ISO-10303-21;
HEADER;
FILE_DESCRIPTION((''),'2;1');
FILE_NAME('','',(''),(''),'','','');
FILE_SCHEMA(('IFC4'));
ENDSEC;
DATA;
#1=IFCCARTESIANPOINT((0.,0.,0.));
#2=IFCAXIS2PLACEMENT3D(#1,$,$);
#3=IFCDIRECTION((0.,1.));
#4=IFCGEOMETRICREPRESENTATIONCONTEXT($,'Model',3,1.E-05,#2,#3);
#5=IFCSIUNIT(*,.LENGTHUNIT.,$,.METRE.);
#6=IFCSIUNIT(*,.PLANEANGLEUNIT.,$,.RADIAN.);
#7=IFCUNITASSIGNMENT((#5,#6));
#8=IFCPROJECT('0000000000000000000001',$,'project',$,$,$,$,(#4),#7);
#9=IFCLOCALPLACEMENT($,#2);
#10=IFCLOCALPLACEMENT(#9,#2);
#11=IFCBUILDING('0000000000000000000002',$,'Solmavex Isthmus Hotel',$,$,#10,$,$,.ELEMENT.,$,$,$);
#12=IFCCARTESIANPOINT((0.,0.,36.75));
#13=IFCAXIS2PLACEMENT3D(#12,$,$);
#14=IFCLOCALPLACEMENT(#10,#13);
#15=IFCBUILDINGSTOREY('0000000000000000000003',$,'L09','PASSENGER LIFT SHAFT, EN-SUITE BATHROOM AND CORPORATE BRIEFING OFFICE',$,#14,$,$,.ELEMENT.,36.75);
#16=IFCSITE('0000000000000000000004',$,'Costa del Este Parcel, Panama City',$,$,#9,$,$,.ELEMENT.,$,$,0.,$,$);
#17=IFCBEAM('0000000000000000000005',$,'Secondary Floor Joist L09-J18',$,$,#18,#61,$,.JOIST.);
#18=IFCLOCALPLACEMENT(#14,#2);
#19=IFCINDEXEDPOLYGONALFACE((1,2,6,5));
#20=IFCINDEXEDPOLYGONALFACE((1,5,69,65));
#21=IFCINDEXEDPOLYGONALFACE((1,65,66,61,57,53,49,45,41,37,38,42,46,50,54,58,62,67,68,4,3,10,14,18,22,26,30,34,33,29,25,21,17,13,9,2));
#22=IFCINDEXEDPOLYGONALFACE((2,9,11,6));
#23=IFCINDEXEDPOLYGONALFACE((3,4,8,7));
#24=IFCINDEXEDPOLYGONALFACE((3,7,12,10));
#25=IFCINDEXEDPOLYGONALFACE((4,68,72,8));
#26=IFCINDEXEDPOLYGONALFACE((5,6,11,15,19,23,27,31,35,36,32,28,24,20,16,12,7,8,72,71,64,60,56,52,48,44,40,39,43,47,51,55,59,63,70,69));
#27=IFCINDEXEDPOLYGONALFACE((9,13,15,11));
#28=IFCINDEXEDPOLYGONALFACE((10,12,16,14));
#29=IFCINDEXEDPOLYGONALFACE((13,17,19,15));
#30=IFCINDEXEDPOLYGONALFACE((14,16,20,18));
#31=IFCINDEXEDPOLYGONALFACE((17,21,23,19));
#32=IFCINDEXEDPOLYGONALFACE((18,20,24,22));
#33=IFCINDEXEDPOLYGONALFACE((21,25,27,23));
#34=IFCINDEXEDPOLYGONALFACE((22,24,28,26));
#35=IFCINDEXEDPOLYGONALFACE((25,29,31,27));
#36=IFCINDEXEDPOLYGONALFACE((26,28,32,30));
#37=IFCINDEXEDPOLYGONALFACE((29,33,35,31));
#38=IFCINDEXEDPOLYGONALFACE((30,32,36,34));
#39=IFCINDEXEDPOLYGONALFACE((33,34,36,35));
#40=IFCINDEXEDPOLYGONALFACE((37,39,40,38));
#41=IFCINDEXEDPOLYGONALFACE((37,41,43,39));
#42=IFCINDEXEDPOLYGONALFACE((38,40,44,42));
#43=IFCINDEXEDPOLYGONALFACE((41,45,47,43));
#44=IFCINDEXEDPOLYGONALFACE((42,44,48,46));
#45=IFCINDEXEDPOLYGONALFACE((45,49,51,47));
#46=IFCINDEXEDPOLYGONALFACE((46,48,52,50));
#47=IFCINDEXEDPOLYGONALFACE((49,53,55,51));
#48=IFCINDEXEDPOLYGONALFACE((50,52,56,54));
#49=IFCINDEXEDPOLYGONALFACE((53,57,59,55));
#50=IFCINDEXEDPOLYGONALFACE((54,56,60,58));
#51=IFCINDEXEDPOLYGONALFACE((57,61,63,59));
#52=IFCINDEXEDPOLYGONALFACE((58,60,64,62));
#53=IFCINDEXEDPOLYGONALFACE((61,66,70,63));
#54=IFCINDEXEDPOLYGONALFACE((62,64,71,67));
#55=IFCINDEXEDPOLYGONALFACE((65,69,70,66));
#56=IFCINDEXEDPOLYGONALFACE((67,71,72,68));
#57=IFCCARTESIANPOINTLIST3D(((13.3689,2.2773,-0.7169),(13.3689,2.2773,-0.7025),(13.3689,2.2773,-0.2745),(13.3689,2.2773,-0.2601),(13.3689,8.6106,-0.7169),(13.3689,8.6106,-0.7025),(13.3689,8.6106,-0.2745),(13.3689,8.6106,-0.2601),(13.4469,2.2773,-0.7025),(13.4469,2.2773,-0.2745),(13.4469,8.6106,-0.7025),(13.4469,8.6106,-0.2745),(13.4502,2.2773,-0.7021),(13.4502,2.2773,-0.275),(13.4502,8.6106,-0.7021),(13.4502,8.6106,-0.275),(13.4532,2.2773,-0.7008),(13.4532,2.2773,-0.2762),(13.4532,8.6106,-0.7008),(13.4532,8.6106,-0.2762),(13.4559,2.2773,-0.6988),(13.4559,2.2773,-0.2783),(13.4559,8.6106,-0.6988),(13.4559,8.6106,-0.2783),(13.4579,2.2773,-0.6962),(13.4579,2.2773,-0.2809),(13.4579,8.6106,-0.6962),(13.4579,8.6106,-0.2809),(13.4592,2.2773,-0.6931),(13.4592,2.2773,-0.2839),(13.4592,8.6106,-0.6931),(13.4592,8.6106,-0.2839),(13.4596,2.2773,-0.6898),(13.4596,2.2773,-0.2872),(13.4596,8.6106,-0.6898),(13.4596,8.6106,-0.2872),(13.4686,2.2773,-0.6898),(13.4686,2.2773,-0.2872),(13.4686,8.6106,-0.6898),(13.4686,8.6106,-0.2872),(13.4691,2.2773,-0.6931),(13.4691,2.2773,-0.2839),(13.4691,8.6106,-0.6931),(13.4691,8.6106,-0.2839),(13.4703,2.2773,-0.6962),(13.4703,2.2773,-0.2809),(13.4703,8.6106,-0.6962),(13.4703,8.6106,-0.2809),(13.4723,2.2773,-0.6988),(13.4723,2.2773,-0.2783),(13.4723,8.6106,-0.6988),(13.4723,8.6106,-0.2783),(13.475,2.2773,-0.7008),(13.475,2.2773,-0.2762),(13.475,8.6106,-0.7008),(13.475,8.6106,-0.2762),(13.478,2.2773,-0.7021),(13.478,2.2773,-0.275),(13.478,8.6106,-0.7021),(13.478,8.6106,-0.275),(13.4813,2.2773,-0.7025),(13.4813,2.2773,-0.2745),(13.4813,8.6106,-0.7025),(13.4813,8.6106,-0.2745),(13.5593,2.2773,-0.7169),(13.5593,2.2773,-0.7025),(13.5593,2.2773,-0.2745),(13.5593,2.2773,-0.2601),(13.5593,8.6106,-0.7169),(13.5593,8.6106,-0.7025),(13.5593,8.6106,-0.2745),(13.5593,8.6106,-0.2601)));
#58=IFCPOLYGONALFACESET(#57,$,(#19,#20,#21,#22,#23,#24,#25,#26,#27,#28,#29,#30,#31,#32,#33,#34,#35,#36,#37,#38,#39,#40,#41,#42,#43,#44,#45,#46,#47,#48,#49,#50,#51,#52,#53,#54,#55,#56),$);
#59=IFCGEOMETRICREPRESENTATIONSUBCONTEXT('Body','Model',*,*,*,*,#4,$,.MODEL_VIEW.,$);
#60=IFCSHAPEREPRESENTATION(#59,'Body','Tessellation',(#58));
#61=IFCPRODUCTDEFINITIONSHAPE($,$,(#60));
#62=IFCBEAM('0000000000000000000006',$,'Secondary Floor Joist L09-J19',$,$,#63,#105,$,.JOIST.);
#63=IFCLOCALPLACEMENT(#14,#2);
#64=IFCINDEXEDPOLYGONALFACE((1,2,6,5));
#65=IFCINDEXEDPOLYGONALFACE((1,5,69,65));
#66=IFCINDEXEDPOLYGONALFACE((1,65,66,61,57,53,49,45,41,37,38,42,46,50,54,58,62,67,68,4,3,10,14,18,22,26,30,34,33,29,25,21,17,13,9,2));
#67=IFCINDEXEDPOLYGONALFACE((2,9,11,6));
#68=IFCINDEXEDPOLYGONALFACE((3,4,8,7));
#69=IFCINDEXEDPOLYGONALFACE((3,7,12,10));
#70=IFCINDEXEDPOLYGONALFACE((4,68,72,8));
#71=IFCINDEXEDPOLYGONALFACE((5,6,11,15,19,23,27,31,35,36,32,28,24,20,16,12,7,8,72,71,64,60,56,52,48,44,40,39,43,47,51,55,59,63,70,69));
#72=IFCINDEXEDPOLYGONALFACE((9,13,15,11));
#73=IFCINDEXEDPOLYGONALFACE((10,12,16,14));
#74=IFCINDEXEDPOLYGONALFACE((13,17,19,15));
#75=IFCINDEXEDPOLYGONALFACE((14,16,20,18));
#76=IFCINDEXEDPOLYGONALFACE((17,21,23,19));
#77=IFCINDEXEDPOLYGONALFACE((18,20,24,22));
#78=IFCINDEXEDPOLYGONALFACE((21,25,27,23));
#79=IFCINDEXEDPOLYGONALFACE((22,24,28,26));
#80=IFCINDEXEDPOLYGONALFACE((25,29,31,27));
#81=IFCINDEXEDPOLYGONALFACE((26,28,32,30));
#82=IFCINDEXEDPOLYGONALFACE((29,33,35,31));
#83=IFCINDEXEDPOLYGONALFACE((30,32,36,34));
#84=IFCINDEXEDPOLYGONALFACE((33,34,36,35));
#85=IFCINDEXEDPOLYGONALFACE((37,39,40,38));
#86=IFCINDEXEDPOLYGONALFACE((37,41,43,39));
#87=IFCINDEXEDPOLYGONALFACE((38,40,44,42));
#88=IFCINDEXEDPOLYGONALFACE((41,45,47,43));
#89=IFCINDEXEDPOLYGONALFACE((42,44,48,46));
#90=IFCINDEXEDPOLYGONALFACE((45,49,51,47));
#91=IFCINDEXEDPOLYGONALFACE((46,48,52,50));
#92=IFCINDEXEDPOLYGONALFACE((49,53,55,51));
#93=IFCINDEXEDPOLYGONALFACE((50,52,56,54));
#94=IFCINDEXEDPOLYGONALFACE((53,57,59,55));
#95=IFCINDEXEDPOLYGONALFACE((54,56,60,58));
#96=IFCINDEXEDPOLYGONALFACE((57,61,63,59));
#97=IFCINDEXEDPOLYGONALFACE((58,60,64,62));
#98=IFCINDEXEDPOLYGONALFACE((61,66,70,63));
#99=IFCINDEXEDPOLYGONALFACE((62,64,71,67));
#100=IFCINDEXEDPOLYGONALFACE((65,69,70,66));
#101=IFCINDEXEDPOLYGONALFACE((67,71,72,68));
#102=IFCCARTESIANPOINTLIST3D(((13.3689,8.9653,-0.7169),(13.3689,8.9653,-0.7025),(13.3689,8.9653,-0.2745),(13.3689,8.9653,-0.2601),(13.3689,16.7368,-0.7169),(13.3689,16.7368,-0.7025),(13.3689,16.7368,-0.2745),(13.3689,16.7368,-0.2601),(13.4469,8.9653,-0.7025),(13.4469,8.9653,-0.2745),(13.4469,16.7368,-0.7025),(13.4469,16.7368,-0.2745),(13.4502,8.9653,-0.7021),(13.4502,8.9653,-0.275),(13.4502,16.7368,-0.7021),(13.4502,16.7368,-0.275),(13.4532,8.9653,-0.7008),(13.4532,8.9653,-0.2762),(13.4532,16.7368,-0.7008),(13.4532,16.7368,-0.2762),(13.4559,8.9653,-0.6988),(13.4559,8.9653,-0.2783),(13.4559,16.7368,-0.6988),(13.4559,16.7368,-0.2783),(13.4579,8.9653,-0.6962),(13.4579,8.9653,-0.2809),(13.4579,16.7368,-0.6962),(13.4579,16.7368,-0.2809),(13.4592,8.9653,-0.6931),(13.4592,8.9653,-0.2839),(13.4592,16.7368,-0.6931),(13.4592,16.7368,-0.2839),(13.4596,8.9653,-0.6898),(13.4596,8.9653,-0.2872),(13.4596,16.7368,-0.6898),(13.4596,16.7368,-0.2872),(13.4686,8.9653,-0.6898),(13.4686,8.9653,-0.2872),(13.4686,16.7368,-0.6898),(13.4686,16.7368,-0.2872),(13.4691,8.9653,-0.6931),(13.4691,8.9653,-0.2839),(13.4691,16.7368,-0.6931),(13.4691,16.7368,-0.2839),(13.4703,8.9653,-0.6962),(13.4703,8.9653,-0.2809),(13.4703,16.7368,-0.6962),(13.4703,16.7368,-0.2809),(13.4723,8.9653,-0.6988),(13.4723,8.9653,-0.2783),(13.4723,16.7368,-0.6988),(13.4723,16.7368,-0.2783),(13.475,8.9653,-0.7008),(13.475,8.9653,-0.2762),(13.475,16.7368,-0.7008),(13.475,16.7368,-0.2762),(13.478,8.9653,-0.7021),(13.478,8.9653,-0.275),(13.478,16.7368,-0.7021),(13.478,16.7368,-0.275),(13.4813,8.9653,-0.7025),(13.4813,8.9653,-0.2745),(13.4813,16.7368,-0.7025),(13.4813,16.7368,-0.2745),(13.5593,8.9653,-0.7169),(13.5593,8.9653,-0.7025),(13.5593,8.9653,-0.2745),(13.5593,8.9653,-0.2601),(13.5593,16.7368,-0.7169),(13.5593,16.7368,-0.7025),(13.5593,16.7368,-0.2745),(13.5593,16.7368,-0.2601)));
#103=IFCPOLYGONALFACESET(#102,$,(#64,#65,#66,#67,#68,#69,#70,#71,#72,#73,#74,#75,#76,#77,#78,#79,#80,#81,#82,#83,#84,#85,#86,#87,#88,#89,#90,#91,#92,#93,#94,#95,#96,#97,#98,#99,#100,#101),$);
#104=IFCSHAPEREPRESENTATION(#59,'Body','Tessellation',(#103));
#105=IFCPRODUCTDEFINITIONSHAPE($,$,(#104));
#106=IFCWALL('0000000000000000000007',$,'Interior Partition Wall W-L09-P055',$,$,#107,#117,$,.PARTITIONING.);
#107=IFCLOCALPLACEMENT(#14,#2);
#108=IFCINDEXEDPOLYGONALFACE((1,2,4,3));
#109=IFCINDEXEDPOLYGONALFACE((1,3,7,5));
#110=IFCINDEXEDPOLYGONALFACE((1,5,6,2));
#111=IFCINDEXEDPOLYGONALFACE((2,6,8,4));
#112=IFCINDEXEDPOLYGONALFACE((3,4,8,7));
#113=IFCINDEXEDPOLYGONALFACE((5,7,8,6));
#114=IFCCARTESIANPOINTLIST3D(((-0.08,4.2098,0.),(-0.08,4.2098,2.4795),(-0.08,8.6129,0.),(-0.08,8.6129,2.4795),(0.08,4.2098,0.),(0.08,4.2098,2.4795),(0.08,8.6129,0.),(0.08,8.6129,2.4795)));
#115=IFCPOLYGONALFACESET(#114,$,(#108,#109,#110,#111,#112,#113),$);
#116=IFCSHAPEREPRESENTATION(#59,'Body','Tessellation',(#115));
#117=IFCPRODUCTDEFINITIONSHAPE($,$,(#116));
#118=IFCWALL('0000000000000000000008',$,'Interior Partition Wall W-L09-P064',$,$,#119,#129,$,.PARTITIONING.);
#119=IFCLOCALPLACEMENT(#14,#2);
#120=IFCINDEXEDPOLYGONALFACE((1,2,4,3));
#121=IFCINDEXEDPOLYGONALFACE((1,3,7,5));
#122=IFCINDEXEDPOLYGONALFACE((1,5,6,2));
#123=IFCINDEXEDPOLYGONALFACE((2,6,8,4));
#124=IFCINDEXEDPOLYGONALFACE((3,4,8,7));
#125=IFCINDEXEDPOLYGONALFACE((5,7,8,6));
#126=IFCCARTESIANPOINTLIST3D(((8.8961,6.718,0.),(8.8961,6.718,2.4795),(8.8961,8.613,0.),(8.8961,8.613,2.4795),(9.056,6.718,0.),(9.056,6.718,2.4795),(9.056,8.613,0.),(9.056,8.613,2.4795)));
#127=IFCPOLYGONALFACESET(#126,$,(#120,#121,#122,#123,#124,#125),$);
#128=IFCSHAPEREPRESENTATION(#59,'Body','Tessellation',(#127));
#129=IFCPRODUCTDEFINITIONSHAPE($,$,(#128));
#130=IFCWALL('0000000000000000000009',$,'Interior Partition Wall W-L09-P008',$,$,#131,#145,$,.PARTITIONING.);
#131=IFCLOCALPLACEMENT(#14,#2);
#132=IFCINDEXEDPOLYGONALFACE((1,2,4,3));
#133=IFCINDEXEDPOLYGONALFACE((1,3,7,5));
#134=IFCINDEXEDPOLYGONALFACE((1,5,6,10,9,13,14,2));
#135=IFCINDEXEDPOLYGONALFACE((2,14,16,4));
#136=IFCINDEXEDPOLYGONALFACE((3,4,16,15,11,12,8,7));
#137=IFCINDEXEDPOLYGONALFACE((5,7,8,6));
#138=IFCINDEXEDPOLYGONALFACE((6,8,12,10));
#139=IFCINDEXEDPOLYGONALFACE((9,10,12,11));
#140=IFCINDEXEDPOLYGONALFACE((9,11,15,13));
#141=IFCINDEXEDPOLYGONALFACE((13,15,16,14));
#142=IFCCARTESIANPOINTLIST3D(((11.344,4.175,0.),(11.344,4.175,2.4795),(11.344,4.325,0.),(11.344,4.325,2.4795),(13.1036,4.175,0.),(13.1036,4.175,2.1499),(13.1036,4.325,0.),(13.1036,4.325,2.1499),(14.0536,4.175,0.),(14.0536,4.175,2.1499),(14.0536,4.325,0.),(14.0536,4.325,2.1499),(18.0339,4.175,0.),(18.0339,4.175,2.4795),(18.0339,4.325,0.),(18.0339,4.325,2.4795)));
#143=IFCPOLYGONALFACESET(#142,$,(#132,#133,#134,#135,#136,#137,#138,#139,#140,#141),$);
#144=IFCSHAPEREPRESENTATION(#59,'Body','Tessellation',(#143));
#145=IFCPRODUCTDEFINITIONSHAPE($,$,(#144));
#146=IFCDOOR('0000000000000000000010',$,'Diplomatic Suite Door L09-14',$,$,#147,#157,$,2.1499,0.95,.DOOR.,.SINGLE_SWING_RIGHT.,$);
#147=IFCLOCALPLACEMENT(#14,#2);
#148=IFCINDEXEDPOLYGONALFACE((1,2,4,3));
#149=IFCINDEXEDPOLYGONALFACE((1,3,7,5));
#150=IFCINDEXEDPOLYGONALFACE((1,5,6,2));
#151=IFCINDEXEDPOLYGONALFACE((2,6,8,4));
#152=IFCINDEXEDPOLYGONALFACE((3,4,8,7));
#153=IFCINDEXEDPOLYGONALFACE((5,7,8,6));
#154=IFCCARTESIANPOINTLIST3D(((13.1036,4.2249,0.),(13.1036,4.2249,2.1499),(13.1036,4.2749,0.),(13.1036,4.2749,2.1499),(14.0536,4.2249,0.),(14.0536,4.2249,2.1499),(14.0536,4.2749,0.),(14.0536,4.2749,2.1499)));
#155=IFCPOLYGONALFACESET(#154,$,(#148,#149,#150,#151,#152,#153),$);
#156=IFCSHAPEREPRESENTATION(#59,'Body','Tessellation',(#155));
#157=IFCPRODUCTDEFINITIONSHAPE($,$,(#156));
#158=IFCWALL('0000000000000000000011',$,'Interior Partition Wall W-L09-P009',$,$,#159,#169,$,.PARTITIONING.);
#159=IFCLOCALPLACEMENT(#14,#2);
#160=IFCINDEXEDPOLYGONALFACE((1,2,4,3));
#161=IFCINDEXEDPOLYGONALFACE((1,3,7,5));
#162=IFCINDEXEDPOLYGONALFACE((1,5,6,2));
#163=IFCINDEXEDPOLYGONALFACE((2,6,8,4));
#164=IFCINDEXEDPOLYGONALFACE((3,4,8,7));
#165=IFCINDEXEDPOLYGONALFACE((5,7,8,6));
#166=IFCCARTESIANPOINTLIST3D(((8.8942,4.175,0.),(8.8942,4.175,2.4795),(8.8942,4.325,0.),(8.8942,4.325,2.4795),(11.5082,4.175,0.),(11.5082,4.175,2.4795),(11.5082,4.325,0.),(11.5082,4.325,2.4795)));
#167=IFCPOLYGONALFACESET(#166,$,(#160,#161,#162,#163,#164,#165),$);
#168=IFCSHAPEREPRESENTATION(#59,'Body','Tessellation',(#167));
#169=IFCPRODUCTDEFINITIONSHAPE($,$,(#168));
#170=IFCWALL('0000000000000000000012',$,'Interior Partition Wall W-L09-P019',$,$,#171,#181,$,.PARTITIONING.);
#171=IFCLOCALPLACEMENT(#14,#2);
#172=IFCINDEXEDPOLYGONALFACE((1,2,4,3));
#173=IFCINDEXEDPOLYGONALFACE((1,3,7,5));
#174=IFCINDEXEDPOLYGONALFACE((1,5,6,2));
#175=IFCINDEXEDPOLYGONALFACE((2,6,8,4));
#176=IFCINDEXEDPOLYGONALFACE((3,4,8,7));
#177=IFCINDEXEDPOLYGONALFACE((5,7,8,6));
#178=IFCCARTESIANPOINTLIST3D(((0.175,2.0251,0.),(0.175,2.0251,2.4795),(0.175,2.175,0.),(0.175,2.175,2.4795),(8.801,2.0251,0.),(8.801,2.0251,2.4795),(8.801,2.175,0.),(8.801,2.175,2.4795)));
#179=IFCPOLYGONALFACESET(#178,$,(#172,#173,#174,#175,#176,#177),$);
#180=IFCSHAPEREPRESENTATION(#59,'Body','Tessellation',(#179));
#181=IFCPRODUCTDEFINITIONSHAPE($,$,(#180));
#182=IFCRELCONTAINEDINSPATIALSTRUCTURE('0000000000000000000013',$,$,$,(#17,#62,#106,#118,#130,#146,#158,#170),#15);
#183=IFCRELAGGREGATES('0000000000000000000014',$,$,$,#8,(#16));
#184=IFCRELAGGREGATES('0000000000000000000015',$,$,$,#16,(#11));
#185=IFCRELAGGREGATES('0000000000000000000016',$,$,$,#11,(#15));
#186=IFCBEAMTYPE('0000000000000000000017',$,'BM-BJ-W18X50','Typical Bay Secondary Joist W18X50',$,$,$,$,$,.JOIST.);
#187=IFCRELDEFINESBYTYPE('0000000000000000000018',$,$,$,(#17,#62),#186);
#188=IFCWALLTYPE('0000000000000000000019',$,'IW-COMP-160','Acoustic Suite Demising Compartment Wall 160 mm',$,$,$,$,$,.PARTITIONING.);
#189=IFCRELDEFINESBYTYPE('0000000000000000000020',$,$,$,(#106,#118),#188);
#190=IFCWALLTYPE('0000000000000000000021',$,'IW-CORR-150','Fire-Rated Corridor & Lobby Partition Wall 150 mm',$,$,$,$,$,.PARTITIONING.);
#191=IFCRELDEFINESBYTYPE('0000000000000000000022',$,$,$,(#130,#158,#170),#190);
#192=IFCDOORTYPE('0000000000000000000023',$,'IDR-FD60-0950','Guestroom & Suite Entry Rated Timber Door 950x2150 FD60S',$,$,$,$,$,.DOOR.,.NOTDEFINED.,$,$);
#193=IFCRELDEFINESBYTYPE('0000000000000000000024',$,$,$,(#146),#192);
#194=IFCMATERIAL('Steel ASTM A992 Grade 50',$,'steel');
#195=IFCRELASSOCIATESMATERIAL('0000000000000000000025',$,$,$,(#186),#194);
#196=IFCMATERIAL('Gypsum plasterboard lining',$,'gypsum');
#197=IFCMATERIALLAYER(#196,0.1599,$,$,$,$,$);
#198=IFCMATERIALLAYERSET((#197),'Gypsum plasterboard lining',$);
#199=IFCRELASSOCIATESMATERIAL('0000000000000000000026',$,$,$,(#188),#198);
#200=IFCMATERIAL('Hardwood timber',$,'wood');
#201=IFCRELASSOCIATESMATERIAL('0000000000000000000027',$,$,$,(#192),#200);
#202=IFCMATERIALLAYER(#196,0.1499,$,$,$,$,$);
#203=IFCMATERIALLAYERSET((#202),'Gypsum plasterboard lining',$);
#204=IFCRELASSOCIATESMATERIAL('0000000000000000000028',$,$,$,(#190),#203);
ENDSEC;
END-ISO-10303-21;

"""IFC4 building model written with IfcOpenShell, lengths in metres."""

from ifc_helpers import new_model, si_unit, direction, frame, frame_2d, origin, origin_2d, place, context, subcontext, project, spatial, rectangle, i_section, extrude, material, layer, layer_set, material_profile, profile_set, type_object, element, fill, save


model = new_model("IFC4")

# Units and contexts
model_context = context("Model", 3, precision=1e-05, world=origin(), true_north=direction((0.0, 1.0)))
body_context = subcontext(model_context, "Body", "Model", "MODEL_VIEW")
ifc_project = project(units=[si_unit("LENGTHUNIT", "METRE"), si_unit("PLANEANGLEUNIT", "RADIAN")], contexts=[model_context])

# Site, building, storey
site_placement = place(None, origin())
site = spatial("IfcSite", under=ifc_project, at=site_placement, Name="Costa del Este Parcel, Panama City", CompositionType="ELEMENT", RefElevation=0.0)
building_placement = place(site_placement, origin())
building = spatial("IfcBuilding", under=site, at=building_placement, Name="Solmavex Isthmus Hotel", CompositionType="ELEMENT")
storey_placement = place(building_placement, frame((0.0, 0.0, 36.75)))
storey = spatial("IfcBuildingStorey", under=building, at=storey_placement, Name="L09", Description="PASSENGER LIFT SHAFT, EN-SUITE BATHROOM AND CORPORATE BRIEFING OFFICE", CompositionType="ELEMENT", Elevation=36.75)

# Beams
ifc_material_1 = material(Name="Steel ASTM A992 Grade 50", Category="steel")
ifc_material_profile_1 = material_profile(ifc_material_1, i_section(OverallWidth=0.1904, OverallDepth=0.4568, WebThickness=0.009, FlangeThickness=0.0144, FilletRadius=0.0127, at=origin_2d()), Name="W18X50")
ifc_profile_set_1 = profile_set([ifc_material_profile_1], Name="Steel ASTM A992 Grade 50")
beam_type_1 = type_object("IfcBeamType", Name="BM-BJ-W18X50", Description="Typical Bay Secondary Joist W18X50", PredefinedType="JOIST", material=ifc_profile_set_1)
beam_1_placement = place(storey_placement, frame((13.4641, 2.2773, -0.4885), z_axis=(0.0, 1.0, 0.0), x_axis=(-1.0, 0.0, 0.0)))
element("IfcBeam", 1, at=beam_1_placement, inside=storey, type_object=beam_type_1, Name="Secondary Floor Joist L09-J18", PredefinedType="JOIST", context=body_context, shape_type="SweptSolid", body=[
    extrude(i_section(OverallWidth=0.1904, OverallDepth=0.4568, WebThickness=0.009, FlangeThickness=0.0144, FilletRadius=0.0127, at=origin_2d()), origin(), (0.0, 0.0, 1.0), 6.3333),
])
beam_2_placement = place(storey_placement, frame((13.4641, 8.9653, -0.4885), z_axis=(0.0, 1.0, 0.0), x_axis=(-1.0, 0.0, 0.0)))
element("IfcBeam", 2, at=beam_2_placement, inside=storey, type_object=beam_type_1, Name="Secondary Floor Joist L09-J19", PredefinedType="JOIST", context=body_context, shape_type="SweptSolid", body=[
    extrude(i_section(OverallWidth=0.1904, OverallDepth=0.4568, WebThickness=0.009, FlangeThickness=0.0144, FilletRadius=0.0127, at=origin_2d()), origin(), (0.0, 0.0, 1.0), 7.7715),
])

# Wall
ifc_material_2 = material(Name="Gypsum plasterboard lining", Category="gypsum")
ifc_layer_1 = layer(ifc_material_2, 0.1599)
ifc_layer_set_1 = layer_set([ifc_layer_1], Name="Gypsum plasterboard lining")
wall_type_1 = type_object("IfcWallType", Name="IW-COMP-160", Description="Acoustic Suite Demising Compartment Wall 160 mm", PredefinedType="PARTITIONING", material=ifc_layer_set_1)
wall_1_placement = place(storey_placement, frame((0.0, 8.613, 0.0), z_axis=(0.0, 0.0, 1.0), x_axis=(0.0, -1.0, 0.0)))
element("IfcWall", 3, at=wall_1_placement, inside=storey, type_object=wall_type_1, Name="Interior Partition Wall W-L09-P055", PredefinedType="PARTITIONING", context=body_context, shape_type="SweptSolid", body=[
    extrude(rectangle(XDim=4.4031, YDim=0.1599, at=frame_2d((2.2017, 0.0))), origin(), (0.0, 0.0, 1.0), 2.4795),
])

# Shared definitions
ifc_material_3 = material(Name="Hardwood timber", Category="wood")
door_type_1 = type_object("IfcDoorType", Name="IDR-FD60-0950", Description="Guestroom & Suite Entry Rated Timber Door 950x2150 FD60S", OperationType="NOTDEFINED", PredefinedType="DOOR", material=ifc_material_3)

# Wall
wall_2_placement = place(storey_placement, frame((8.9761, 8.613, 0.0), z_axis=(0.0, 0.0, 1.0), x_axis=(0.0, -1.0, 0.0)))
element("IfcWall", 4, at=wall_2_placement, inside=storey, type_object=wall_type_1, Name="Interior Partition Wall W-L09-P064", PredefinedType="PARTITIONING", context=body_context, shape_type="SweptSolid", body=[
    extrude(rectangle(XDim=1.895, YDim=0.1599, at=frame_2d((0.9475, 0.0))), origin(), (0.0, 0.0, 1.0), 2.4795),
])

# Wall, opening, door
ifc_layer_2 = layer(ifc_material_2, 0.1499)
ifc_layer_set_2 = layer_set([ifc_layer_2], Name="Gypsum plasterboard lining")
wall_type_2 = type_object("IfcWallType", Name="IW-CORR-150", Description="Fire-Rated Corridor & Lobby Partition Wall 150 mm", PredefinedType="PARTITIONING", material=ifc_layer_set_2)
wall_3_placement = place(storey_placement, frame((11.344, 4.25, 0.0), z_axis=(0.0, 0.0, 1.0), x_axis=(1.0, 0.0, 0.0)))
wall_3 = element("IfcWall", 5, at=wall_3_placement, inside=storey, type_object=wall_type_2, Name="Interior Partition Wall W-L09-P008", PredefinedType="PARTITIONING", context=body_context, shape_type="SweptSolid", body=[
    extrude(rectangle(XDim=6.6899, YDim=0.1499, at=frame_2d((3.345, 0.0))), origin(), (0.0, 0.0, 1.0), 2.4795),
])
opening_1_placement = place(wall_3_placement, frame((1.7595, 0.0, 0.0)))
opening_1 = element("IfcOpeningElement", 6, at=opening_1_placement, cuts=wall_3, PredefinedType="OPENING", context=body_context, shape_type="SweptSolid", body=[
    extrude(rectangle(XDim=0.95, YDim=2.1499, at=frame_2d((0.4751, 1.075))), frame((0.0, 0.085, 0.0), z_axis=(0.0, -1.0, 0.0), x_axis=(1.0, 0.0, 0.0)), (0.0, 0.0, 1.0), 0.1699),
])
door_1_placement = place(opening_1_placement, origin())
door_1 = element("IfcDoor", 7, at=door_1_placement, inside=storey, type_object=door_type_1, Name="Diplomatic Suite Door L09-14", OperationType="SINGLE_SWING_RIGHT", OverallHeight=2.1499, OverallWidth=0.95, PredefinedType="DOOR", context=body_context, shape_type="SweptSolid", body=[
    extrude(rectangle(XDim=0.95, YDim=2.1499, at=frame_2d((0.4751, 1.075))), frame((0.0, 0.0249, 0.0), z_axis=(0.0, -1.0, 0.0), x_axis=(1.0, 0.0, 0.0)), (0.0, 0.0, 1.0), 0.05),
])
fill(opening_1, door_1)

# Walls
wall_4_placement = place(storey_placement, frame((8.894, 4.25, 0.0), z_axis=(0.0, 0.0, 1.0), x_axis=(1.0, 0.0, 0.0)))
element("IfcWall", 8, at=wall_4_placement, inside=storey, type_object=wall_type_2, Name="Interior Partition Wall W-L09-P009", PredefinedType="PARTITIONING", context=body_context, shape_type="SweptSolid", body=[
    extrude(rectangle(XDim=2.614, YDim=0.1499, at=frame_2d((1.3071, 0.0))), origin(), (0.0, 0.0, 1.0), 2.4795),
])
wall_5_placement = place(storey_placement, frame((8.801, 2.1001, 0.0), z_axis=(0.0, 0.0, 1.0), x_axis=(-1.0, 0.0, 0.0)))
element("IfcWall", 9, at=wall_5_placement, inside=storey, type_object=wall_type_2, Name="Interior Partition Wall W-L09-P019", PredefinedType="PARTITIONING", context=body_context, shape_type="SweptSolid", body=[
    extrude(rectangle(XDim=8.626, YDim=0.1499, at=frame_2d((4.313, 0.0))), origin(), (0.0, 0.0, 1.0), 2.4795),
])

save(model, "model.ifc")
